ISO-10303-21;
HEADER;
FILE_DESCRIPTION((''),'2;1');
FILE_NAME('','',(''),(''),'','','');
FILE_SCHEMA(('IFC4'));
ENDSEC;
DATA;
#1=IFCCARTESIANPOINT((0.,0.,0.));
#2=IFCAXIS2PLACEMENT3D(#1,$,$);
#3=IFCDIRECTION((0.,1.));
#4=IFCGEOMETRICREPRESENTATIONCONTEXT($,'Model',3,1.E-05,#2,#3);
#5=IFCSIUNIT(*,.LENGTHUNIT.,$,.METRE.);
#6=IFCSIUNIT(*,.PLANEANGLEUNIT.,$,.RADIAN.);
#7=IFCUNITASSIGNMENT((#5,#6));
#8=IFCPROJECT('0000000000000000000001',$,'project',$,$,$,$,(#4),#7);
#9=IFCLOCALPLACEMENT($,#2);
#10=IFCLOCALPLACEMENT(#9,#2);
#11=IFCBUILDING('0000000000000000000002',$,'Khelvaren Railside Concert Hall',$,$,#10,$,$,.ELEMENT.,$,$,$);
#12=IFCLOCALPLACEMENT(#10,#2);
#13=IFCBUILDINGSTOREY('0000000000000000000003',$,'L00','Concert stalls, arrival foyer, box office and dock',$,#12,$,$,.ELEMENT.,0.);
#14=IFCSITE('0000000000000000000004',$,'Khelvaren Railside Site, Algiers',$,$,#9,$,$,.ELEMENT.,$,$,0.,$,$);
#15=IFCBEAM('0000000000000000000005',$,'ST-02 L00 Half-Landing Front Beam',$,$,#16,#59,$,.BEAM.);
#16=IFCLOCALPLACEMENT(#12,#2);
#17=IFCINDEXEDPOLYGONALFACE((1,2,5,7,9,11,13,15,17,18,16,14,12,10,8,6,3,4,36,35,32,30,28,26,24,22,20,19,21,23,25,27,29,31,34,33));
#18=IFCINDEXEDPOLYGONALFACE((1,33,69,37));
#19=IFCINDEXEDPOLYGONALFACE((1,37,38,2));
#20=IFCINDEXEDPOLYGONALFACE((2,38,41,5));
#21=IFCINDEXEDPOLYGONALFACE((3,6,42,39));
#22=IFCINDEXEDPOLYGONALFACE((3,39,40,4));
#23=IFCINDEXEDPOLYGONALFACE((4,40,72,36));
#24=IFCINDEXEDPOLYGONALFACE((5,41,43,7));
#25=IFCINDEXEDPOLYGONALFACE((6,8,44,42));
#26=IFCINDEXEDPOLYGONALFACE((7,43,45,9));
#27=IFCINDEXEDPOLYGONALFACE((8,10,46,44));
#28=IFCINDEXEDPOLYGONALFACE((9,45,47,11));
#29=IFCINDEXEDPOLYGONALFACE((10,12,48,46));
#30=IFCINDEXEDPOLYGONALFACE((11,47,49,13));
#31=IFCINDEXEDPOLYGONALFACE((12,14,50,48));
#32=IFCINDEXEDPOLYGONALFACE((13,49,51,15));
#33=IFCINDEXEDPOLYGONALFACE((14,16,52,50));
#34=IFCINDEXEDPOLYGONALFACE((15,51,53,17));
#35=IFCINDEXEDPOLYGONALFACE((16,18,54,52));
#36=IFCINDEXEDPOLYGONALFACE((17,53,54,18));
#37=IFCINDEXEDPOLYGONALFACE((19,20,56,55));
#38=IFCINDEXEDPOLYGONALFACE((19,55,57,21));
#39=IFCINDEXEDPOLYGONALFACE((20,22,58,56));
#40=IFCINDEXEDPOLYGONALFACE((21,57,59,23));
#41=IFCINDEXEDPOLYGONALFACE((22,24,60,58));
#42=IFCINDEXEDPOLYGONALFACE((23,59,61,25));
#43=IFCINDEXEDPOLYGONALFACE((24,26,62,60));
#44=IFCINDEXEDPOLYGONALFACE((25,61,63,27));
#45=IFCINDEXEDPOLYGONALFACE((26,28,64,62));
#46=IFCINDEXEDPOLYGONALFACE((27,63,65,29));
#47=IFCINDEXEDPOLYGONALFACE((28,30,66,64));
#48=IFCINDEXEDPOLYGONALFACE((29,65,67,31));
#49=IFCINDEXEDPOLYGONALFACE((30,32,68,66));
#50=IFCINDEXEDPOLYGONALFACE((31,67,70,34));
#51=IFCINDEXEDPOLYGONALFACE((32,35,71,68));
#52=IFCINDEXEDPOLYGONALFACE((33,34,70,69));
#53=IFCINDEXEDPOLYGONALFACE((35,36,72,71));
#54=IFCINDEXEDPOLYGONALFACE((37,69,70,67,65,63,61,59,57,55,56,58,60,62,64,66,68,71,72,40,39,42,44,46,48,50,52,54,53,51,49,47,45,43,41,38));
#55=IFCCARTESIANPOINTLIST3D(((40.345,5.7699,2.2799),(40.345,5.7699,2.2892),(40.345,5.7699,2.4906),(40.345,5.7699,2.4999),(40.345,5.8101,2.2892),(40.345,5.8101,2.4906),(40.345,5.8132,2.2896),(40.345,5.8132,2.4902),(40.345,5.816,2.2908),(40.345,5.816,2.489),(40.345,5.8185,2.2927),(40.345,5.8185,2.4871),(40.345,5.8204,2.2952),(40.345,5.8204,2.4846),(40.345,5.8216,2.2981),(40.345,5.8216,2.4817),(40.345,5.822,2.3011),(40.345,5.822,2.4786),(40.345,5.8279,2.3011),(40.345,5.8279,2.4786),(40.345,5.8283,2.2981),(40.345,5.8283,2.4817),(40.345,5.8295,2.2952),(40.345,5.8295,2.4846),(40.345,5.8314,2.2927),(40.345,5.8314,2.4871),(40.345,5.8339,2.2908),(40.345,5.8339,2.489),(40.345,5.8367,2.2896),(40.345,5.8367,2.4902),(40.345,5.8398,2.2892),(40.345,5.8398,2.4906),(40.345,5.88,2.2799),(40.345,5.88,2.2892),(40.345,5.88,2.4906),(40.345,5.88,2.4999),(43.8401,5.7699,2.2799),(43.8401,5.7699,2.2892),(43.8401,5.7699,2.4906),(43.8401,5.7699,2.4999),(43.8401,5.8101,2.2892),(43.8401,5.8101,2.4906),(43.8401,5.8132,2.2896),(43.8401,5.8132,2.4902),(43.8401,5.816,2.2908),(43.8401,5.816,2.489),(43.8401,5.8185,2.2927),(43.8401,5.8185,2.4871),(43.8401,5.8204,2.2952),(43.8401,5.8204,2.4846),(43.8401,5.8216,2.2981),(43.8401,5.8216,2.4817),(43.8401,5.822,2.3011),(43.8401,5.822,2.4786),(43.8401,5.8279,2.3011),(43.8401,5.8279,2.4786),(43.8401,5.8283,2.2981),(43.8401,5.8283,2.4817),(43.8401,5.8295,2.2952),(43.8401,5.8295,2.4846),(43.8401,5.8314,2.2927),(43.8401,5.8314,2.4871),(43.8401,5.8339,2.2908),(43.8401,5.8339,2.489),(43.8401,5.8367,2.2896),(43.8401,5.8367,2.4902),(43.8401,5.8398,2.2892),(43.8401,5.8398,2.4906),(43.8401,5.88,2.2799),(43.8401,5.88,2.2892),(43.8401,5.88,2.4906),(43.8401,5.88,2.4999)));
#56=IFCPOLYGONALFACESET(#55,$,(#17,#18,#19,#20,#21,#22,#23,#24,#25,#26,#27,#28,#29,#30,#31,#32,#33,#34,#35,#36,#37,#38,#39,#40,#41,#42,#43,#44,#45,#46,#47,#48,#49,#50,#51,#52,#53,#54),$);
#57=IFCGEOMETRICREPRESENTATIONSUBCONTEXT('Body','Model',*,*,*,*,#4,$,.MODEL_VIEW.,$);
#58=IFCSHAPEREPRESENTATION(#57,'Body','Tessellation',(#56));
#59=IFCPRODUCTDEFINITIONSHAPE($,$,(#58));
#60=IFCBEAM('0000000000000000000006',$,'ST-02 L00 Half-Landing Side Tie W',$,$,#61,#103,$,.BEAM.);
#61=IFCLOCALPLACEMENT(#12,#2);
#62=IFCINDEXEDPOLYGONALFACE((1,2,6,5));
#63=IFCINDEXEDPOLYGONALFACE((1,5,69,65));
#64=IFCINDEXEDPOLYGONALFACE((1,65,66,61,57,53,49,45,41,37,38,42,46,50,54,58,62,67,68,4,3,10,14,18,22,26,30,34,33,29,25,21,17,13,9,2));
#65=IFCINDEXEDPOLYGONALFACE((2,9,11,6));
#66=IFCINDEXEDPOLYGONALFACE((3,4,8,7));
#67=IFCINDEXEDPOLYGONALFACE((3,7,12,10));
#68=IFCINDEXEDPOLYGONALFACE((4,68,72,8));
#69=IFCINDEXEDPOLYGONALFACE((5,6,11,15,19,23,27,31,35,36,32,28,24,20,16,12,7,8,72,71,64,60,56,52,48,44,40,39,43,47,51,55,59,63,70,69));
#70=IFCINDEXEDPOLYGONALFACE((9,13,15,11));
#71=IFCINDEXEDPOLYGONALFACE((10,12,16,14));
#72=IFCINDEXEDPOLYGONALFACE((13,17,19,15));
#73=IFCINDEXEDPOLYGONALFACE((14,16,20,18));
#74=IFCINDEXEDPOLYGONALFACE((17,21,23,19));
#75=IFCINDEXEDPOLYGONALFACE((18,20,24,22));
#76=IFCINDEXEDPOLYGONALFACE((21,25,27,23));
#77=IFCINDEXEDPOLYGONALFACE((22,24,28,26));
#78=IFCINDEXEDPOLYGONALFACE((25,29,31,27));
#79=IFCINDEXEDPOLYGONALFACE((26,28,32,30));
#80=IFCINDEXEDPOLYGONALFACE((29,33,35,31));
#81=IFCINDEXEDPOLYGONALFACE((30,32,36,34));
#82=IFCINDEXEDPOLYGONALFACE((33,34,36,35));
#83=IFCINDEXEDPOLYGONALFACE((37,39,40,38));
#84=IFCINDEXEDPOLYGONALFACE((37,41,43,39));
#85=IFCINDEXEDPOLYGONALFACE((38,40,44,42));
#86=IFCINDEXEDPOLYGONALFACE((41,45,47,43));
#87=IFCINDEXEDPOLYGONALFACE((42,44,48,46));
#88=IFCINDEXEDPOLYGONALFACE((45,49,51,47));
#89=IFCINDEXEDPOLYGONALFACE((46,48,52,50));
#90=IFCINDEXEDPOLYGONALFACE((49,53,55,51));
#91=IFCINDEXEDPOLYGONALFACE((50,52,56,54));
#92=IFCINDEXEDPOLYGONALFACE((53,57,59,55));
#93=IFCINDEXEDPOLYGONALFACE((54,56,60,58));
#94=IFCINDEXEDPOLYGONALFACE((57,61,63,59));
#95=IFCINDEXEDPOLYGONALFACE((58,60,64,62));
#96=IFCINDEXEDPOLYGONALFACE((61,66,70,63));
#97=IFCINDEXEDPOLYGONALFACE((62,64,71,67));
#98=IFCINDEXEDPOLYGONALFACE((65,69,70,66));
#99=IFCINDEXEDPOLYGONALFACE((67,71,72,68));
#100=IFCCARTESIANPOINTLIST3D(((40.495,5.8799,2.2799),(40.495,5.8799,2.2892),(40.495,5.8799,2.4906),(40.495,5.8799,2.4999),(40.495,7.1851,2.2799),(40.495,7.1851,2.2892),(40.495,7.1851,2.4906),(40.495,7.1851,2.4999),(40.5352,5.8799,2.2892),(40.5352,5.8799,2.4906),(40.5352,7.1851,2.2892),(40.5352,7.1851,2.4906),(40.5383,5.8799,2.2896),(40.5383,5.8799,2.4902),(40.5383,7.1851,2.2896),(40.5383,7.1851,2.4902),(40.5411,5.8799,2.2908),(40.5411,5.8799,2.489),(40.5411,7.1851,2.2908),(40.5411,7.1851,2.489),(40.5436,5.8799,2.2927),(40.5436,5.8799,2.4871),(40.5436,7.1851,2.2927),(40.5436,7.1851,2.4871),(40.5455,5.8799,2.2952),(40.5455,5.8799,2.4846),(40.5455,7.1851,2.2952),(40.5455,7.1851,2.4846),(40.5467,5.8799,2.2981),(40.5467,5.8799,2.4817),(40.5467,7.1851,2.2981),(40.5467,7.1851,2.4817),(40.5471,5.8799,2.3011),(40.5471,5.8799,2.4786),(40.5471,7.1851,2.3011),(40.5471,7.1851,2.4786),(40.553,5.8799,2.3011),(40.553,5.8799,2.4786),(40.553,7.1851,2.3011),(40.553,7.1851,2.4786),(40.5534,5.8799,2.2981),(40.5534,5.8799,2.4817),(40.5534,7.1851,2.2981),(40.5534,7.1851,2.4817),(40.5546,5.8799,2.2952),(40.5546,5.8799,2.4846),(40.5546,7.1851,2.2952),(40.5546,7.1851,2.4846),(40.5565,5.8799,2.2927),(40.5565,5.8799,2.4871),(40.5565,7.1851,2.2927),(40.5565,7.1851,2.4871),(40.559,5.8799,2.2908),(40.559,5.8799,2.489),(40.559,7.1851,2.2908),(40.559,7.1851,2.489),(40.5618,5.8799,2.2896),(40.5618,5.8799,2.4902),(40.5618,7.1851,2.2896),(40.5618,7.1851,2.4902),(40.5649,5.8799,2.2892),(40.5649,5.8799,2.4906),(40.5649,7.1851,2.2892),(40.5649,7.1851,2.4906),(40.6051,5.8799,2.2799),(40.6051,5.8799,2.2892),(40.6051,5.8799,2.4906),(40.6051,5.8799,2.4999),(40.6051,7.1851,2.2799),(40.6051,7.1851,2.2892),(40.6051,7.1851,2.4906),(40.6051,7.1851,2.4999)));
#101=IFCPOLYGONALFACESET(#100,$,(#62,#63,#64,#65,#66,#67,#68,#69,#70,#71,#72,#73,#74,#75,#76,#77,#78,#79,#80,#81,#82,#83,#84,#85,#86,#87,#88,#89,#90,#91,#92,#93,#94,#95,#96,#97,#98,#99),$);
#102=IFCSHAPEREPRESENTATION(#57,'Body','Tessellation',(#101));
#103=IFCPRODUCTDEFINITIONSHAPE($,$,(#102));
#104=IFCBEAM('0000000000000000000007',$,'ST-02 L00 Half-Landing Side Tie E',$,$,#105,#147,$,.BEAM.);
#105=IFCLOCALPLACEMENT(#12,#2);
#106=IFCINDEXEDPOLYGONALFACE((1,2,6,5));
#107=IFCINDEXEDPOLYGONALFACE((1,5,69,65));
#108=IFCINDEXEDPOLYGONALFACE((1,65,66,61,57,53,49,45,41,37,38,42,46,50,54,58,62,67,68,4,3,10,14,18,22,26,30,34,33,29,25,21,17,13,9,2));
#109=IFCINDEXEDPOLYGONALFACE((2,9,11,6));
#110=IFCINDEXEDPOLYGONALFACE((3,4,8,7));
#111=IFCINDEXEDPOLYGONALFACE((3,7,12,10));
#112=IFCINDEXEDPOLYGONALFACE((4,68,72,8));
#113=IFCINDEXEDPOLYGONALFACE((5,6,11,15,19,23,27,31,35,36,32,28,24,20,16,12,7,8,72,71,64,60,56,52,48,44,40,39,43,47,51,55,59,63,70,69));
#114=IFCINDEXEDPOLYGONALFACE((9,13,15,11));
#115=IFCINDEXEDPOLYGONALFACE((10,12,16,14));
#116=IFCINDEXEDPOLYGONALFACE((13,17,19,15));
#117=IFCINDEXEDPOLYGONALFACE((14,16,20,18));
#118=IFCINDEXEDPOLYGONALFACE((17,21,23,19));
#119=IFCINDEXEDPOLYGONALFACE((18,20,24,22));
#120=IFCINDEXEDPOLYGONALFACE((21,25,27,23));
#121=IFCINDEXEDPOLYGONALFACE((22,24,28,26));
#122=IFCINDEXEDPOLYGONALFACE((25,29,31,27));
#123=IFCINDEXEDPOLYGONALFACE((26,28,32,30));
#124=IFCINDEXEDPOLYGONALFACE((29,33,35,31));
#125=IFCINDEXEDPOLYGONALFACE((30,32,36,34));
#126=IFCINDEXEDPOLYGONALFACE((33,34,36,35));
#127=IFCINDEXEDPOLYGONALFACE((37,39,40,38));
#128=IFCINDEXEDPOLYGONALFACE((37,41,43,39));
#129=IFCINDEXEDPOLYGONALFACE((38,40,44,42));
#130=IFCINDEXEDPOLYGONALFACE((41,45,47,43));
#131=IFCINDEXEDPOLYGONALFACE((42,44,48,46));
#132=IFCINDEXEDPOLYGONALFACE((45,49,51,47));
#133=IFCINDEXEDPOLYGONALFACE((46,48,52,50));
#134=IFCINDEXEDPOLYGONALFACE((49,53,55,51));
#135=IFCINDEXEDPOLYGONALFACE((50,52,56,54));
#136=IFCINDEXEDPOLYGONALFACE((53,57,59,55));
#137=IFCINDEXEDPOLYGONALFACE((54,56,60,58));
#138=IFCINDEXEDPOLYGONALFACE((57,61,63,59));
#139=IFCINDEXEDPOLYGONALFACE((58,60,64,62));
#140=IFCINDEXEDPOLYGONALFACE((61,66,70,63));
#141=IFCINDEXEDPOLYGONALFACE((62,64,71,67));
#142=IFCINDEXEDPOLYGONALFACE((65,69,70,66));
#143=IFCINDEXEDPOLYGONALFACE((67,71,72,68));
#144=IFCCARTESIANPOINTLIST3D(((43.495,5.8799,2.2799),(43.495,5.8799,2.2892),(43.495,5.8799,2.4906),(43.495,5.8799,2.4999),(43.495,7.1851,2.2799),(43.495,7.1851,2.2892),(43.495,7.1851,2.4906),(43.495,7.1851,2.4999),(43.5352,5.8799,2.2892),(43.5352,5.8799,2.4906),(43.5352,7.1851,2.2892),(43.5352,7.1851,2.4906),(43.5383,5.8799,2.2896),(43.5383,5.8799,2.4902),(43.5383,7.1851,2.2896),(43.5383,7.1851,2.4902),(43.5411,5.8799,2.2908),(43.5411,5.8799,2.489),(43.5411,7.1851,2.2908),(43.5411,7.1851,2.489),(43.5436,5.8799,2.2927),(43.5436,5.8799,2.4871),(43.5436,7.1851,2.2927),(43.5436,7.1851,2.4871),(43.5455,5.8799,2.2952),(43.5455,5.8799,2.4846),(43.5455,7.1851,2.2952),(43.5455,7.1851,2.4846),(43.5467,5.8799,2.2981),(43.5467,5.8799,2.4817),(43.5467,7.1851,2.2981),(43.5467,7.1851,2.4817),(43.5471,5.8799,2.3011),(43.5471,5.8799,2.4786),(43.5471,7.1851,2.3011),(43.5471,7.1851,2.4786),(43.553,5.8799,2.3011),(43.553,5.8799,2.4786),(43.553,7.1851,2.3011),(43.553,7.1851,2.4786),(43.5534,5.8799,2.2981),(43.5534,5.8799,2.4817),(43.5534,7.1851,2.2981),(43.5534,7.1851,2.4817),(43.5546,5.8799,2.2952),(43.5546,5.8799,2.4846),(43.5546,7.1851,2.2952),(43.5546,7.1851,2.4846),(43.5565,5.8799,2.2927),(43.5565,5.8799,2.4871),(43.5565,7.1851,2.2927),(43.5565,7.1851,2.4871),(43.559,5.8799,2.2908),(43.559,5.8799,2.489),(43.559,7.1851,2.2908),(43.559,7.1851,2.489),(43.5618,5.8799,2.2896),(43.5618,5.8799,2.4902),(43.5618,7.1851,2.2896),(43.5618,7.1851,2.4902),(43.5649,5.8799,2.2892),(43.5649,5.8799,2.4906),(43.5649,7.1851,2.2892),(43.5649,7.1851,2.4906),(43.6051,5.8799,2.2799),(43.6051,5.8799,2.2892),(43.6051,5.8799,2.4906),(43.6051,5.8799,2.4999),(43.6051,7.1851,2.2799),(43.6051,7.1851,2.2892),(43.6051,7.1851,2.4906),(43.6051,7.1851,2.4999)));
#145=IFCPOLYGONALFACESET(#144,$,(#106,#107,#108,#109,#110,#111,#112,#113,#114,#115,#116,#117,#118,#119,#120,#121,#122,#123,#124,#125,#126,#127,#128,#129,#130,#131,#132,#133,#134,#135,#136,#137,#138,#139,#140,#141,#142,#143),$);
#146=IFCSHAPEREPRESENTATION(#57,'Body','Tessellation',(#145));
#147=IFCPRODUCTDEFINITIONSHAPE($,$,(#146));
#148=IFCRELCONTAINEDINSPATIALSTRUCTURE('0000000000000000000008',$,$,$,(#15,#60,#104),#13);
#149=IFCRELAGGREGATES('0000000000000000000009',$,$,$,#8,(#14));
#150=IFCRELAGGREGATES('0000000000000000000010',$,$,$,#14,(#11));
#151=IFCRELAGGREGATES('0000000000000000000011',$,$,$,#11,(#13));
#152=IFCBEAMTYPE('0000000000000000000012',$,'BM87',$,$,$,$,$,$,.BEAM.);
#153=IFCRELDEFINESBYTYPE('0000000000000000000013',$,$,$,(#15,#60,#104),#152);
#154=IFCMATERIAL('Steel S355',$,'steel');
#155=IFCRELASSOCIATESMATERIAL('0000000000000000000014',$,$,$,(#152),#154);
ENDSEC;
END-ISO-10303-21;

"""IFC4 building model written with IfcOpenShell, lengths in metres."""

from ifc_helpers import new_model, si_unit, direction, frame, origin, origin_2d, place, context, subcontext, project, spatial, i_section, extrude, material, material_profile, profile_set, type_object, element, save


model = new_model("IFC4")

# Units and contexts
model_context = context("Model", 3, precision=1e-05, world=origin(), true_north=direction((0.0, 1.0)))
body_context = subcontext(model_context, "Body", "Model", "MODEL_VIEW")
ifc_project = project(units=[si_unit("LENGTHUNIT", "METRE"), si_unit("PLANEANGLEUNIT", "RADIAN")], contexts=[model_context])

# Site, building, storey
site_placement = place(None, origin())
site = spatial("IfcSite", under=ifc_project, at=site_placement, Name="Khelvaren Railside Site, Algiers", CompositionType="ELEMENT", RefElevation=0.0)
building_placement = place(site_placement, origin())
building = spatial("IfcBuilding", under=site, at=building_placement, Name="Khelvaren Railside Concert Hall", CompositionType="ELEMENT")
storey_placement = place(building_placement, origin())
storey = spatial("IfcBuildingStorey", under=building, at=storey_placement, Name="L00", Description="Concert stalls, arrival foyer, box office and dock", CompositionType="ELEMENT", Elevation=0.0)

# Beams
ifc_material_1 = material(Name="Steel S355", Category="steel")
ifc_material_profile_1 = material_profile(ifc_material_1, i_section(OverallWidth=0.1101, OverallDepth=0.22, WebThickness=0.0059, FlangeThickness=0.0093, FilletRadius=0.012, at=origin_2d()), Name="IPE 220")
ifc_profile_set_1 = profile_set([ifc_material_profile_1], Name="Steel S355")
beam_type = type_object("IfcBeamType", Name="BM87", PredefinedType="BEAM", material=ifc_profile_set_1)
beam_placement = place(storey_placement, frame((40.345, 5.825, 2.3899), z_axis=(1.0, 0.0, 0.0), x_axis=(0.0, 1.0, 0.0)))
element("IfcBeam", 1, at=beam_placement, inside=storey, type_object=beam_type, Name="ST-02 L00 Half-Landing Front Beam", PredefinedType="BEAM", context=body_context, shape_type="SweptSolid", body=[
    extrude(i_section(OverallWidth=0.1101, OverallDepth=0.22, WebThickness=0.0059, FlangeThickness=0.0093, FilletRadius=0.012, at=origin_2d()), origin(), (0.0, 0.0, 1.0), 3.4951),
])
for number, where, z_axis, x_axis, name in (
    (2, (40.55, 5.8799, 2.3899), (0.0, 1.0, 0.0), (-1.0, 0.0, 0.0), "ST-02 L00 Half-Landing Side Tie W"),
    (3, (43.55, 5.8799, 2.3899), (0.0, 1.0, 0.0), (-1.0, 0.0, 0.0), "ST-02 L00 Half-Landing Side Tie E"),
):
    element("IfcBeam", number, at=place(storey_placement, frame(where, z_axis=z_axis, x_axis=x_axis)), inside=storey, type_object=beam_type, Name=name, PredefinedType="BEAM", context=body_context, shape_type="SweptSolid", body=[
        extrude(i_section(OverallWidth=0.1101, OverallDepth=0.22, WebThickness=0.0059, FlangeThickness=0.0093, FilletRadius=0.012, at=origin_2d()), origin(), (0.0, 0.0, 1.0), 1.3052),
    ])

save(model, "model.ifc")
